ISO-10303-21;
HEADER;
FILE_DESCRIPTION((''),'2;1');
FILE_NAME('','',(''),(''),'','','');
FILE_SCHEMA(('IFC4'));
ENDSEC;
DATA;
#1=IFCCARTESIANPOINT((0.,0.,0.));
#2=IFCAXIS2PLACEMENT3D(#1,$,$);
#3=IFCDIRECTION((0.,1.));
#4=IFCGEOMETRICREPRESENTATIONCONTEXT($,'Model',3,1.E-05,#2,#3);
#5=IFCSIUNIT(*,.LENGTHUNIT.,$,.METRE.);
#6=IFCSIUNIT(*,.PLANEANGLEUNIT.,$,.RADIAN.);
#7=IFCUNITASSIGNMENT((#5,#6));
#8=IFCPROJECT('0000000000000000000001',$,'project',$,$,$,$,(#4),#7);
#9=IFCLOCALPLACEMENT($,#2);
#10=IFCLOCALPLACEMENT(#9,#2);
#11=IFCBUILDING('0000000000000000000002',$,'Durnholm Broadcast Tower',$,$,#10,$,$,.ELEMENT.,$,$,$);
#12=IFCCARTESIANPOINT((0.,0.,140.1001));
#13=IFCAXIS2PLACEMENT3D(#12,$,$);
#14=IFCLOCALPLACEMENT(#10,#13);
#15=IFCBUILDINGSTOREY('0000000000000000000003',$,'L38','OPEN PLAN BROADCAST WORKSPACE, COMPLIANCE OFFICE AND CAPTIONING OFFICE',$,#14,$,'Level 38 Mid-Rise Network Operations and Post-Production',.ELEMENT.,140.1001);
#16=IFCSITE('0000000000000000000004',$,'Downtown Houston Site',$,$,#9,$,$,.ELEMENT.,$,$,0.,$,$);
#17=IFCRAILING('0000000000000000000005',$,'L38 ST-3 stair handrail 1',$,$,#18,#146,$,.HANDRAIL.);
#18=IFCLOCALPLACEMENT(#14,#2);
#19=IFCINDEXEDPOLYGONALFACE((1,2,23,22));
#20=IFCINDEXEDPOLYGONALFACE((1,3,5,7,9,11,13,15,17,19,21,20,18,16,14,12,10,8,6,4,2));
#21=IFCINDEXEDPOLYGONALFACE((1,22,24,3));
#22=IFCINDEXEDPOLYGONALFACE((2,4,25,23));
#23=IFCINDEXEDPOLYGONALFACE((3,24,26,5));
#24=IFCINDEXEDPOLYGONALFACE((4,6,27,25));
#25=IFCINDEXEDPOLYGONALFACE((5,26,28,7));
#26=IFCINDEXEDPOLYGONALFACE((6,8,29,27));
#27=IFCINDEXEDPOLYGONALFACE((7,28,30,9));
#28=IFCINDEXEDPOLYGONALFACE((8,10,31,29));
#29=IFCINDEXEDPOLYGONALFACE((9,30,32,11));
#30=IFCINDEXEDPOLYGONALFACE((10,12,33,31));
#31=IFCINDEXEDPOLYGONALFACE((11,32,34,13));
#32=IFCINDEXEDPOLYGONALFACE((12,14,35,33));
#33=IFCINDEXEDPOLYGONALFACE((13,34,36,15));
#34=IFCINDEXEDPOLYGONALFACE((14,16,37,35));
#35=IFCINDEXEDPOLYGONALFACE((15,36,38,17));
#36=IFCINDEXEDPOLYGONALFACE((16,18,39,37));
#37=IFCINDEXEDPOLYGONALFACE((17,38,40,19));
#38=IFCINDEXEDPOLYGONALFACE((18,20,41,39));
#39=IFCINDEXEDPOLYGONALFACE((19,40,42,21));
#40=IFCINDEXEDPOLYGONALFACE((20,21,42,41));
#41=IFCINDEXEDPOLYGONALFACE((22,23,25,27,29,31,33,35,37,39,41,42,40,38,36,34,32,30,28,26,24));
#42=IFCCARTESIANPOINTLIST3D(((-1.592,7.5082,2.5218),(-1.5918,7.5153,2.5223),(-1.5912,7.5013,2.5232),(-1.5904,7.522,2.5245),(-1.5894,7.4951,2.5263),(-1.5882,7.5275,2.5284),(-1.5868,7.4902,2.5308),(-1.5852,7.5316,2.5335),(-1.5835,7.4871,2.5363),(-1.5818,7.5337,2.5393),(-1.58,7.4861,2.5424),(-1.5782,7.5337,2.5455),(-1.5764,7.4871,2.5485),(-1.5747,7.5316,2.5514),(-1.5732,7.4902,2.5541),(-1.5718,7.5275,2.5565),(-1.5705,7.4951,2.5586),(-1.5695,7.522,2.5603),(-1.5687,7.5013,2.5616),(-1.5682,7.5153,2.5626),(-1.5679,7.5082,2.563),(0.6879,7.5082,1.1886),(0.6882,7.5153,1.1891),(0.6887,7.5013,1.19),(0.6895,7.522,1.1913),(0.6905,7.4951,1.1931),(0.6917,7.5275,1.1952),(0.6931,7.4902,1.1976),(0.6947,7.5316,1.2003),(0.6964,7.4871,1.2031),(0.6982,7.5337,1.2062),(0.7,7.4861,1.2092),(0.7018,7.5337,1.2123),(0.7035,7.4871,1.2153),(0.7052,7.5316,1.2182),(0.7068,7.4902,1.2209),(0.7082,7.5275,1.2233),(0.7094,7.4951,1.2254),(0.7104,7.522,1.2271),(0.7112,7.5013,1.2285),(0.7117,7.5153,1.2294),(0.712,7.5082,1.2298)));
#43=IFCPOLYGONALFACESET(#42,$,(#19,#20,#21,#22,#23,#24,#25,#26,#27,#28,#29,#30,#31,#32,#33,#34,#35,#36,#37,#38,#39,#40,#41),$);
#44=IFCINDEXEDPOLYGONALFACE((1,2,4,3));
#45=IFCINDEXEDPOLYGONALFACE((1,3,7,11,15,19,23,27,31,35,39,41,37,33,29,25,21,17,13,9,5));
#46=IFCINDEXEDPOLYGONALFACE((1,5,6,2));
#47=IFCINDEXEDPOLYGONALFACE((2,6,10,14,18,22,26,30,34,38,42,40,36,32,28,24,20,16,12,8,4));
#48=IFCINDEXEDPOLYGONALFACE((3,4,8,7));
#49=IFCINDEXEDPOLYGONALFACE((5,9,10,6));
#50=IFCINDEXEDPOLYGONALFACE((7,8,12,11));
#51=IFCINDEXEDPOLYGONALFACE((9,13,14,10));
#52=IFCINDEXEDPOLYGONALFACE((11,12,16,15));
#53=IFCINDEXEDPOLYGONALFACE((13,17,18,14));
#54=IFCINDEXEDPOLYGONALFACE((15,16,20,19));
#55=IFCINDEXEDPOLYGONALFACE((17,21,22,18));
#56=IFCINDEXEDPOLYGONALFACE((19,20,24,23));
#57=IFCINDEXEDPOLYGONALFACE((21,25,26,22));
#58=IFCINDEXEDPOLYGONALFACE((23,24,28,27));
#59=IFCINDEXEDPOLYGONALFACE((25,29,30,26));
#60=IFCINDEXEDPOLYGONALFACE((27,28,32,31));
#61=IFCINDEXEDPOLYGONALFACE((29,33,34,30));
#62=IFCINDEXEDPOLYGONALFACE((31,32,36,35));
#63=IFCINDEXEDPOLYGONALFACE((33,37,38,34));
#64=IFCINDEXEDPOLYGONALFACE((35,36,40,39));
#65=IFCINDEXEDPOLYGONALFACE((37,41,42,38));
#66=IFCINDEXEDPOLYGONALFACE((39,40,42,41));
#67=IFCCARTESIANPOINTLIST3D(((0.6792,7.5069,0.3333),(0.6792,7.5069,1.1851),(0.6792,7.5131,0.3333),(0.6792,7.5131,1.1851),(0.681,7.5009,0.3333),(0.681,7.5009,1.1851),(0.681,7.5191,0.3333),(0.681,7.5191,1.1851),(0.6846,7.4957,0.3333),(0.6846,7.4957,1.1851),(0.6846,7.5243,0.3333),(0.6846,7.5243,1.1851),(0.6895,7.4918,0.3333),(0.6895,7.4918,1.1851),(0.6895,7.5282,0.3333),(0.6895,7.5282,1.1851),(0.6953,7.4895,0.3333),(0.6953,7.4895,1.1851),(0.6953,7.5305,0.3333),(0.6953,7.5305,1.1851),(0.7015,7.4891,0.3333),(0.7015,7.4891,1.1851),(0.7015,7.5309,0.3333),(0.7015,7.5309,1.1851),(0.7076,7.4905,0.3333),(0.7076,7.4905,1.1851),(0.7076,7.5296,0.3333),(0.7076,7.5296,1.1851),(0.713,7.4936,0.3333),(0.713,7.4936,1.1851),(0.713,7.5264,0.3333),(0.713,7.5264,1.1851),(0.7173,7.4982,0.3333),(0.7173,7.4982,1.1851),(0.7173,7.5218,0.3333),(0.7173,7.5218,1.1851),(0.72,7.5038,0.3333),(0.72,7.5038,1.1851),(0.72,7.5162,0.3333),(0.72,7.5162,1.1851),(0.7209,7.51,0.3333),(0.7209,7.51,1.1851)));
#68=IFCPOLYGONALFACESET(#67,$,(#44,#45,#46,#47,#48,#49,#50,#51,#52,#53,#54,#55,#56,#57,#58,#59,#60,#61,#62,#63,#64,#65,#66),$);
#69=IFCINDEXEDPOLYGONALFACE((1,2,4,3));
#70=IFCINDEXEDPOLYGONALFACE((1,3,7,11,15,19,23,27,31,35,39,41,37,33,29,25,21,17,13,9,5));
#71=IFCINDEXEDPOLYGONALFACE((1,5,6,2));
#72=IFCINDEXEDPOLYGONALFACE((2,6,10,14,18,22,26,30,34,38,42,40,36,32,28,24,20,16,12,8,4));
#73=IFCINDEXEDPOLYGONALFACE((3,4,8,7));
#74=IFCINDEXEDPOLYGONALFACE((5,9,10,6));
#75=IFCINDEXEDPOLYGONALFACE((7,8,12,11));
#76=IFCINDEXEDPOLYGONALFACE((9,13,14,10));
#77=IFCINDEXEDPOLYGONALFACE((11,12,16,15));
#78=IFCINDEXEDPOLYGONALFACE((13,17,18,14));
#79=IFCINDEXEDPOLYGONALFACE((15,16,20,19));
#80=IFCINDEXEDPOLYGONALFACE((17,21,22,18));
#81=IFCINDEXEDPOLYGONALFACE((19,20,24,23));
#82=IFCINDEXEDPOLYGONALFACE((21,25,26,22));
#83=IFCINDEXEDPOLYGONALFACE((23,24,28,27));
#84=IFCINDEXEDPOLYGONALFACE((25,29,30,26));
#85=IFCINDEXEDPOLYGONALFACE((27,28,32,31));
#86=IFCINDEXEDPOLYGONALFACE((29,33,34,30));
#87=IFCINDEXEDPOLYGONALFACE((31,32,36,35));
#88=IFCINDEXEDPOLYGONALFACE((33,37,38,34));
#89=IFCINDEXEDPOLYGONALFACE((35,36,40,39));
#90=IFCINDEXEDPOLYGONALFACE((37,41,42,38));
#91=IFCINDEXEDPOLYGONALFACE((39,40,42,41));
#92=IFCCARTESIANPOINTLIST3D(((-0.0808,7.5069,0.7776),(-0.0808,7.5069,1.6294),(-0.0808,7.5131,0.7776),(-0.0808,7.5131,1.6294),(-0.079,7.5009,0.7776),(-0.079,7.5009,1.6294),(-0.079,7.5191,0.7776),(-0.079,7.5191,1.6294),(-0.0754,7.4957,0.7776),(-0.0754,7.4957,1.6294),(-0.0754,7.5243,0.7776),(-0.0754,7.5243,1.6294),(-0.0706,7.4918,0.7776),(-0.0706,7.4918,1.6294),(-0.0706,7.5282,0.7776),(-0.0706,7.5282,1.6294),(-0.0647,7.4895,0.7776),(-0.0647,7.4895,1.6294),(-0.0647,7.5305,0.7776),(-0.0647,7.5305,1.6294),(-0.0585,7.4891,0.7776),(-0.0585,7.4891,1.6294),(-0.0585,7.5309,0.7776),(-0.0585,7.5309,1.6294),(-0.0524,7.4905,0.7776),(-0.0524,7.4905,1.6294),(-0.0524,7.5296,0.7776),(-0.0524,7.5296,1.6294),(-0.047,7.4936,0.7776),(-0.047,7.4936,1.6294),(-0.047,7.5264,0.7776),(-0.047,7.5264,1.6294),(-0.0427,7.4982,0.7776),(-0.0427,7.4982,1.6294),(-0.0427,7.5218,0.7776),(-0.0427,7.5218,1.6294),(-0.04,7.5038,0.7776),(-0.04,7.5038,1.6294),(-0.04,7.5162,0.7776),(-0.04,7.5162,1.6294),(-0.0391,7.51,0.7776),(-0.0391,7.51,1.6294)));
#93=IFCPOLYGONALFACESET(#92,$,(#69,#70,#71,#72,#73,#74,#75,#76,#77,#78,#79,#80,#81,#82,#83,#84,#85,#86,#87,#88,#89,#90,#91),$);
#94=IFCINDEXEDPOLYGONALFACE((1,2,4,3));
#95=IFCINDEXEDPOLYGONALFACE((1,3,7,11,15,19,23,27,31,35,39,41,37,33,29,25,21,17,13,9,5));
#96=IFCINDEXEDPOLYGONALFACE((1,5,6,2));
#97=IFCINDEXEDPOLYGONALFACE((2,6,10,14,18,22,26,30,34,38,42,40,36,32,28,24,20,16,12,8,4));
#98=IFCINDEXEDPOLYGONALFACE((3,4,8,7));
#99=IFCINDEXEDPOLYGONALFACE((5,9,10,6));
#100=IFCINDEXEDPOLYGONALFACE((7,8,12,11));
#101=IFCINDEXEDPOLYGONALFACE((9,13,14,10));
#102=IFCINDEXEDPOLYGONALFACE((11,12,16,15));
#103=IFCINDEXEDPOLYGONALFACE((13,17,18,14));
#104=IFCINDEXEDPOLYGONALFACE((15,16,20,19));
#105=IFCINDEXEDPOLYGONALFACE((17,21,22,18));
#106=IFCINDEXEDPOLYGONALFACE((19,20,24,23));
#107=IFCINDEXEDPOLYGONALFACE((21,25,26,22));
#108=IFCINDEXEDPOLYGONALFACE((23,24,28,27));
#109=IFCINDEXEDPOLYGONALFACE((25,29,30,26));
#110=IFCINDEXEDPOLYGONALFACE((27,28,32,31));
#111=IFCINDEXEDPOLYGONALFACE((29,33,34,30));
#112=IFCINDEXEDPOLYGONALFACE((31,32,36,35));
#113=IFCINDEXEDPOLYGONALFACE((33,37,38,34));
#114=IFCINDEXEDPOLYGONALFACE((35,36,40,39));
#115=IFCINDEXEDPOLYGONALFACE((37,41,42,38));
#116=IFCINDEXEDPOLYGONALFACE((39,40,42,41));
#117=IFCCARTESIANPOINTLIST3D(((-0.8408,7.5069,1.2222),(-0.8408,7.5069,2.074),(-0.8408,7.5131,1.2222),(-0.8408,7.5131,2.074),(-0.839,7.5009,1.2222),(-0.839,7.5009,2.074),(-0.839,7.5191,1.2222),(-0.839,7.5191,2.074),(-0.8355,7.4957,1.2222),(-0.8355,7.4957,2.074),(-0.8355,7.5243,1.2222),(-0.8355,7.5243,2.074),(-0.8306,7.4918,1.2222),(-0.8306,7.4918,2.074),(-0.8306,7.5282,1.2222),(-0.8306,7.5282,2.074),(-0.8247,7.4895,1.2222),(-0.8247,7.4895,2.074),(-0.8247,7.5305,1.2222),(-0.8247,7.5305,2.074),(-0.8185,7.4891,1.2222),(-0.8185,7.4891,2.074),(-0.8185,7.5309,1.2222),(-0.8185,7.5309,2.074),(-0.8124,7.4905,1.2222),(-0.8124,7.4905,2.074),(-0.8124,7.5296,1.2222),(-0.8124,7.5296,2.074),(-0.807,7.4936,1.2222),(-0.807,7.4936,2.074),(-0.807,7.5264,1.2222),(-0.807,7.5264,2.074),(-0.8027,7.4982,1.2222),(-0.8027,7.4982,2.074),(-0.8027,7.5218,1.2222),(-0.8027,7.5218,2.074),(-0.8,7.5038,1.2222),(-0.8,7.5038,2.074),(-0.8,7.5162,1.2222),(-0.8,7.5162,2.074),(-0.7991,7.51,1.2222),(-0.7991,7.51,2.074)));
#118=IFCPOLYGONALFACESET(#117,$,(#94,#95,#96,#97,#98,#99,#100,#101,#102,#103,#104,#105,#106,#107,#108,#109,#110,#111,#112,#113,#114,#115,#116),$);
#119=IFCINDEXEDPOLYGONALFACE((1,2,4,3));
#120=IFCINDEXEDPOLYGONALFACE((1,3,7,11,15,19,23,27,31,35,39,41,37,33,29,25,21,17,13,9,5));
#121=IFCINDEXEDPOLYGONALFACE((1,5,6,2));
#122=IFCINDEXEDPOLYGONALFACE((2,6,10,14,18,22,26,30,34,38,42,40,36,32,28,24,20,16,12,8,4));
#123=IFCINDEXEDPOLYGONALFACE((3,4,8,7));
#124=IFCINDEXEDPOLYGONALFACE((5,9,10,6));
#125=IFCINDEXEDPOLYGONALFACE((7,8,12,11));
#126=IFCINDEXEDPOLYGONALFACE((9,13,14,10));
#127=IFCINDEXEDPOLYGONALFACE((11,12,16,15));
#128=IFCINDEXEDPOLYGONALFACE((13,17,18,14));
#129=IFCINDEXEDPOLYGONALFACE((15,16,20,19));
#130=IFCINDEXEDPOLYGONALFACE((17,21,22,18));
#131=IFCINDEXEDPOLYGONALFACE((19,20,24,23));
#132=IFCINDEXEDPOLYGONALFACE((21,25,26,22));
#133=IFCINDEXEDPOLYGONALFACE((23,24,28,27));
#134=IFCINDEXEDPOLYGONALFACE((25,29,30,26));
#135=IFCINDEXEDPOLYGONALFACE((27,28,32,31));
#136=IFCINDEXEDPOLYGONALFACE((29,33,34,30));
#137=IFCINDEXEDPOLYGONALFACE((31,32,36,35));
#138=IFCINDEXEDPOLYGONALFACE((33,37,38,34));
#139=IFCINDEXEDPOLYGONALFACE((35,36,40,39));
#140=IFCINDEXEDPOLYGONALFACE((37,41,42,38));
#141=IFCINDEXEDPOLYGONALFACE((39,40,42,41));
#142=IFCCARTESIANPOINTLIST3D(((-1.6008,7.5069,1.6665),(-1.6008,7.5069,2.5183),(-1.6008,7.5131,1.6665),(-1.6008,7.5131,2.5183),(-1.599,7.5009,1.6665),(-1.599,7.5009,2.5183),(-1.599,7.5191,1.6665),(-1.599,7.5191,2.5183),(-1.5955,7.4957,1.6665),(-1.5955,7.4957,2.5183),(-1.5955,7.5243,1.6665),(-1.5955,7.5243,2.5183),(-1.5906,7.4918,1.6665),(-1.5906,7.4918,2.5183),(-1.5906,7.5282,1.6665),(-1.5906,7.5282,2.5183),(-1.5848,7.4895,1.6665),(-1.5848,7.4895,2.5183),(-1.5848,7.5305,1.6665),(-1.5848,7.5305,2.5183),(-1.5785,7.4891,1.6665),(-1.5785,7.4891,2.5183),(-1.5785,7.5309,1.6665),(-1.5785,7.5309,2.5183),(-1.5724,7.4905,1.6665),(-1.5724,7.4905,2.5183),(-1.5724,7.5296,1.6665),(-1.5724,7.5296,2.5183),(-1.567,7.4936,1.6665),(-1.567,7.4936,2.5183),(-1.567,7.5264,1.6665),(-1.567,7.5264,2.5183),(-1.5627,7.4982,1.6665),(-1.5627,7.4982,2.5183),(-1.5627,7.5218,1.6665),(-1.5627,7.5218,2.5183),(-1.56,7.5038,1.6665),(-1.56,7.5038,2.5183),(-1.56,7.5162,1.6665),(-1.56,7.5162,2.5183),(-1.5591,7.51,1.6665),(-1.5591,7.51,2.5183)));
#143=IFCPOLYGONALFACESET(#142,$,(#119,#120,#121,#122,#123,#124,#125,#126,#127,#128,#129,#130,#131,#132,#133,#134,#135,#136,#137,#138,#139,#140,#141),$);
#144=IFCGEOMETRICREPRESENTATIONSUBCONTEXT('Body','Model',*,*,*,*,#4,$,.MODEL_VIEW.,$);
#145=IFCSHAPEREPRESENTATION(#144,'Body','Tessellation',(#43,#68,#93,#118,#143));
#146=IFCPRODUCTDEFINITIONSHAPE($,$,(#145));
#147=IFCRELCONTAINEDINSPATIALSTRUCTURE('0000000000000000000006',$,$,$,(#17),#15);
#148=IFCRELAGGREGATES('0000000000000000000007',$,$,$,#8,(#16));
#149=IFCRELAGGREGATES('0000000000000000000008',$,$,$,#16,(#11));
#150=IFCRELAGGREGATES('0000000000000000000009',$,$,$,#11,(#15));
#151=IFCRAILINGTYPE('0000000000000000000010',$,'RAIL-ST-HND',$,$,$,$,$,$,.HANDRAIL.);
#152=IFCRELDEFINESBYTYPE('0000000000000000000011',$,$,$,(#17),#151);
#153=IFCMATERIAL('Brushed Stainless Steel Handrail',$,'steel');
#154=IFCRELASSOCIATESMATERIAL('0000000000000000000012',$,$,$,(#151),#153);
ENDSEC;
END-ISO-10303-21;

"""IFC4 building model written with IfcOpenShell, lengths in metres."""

from ifc_helpers import new_model, si_unit, direction, frame, origin, origin_2d, place, context, subcontext, project, spatial, circle, extrude, material, type_object, element, save


model = new_model("IFC4")

# Units and contexts
model_context = context("Model", 3, precision=1e-05, world=origin(), true_north=direction((0.0, 1.0)))
body_context = subcontext(model_context, "Body", "Model", "MODEL_VIEW")
ifc_project = project(units=[si_unit("LENGTHUNIT", "METRE"), si_unit("PLANEANGLEUNIT", "RADIAN")], contexts=[model_context])

# Site, building, storey
site_placement = place(None, origin())
site = spatial("IfcSite", under=ifc_project, at=site_placement, Name="Downtown Houston Site", CompositionType="ELEMENT", RefElevation=0.0)
building_placement = place(site_placement, origin())
building = spatial("IfcBuilding", under=site, at=building_placement, Name="Durnholm Broadcast Tower", CompositionType="ELEMENT")
storey_placement = place(building_placement, frame((0.0, 0.0, 140.1001)))
storey = spatial("IfcBuildingStorey", under=building, at=storey_placement, Name="L38", Description="OPEN PLAN BROADCAST WORKSPACE, COMPLIANCE OFFICE AND CAPTIONING OFFICE", LongName="Level 38 Mid-Rise Network Operations and Post-Production", CompositionType="ELEMENT", Elevation=140.1001)

# Railing
ifc_material_1 = material(Name="Brushed Stainless Steel Handrail", Category="steel")
railing_type_1 = type_object("IfcRailingType", Name="RAIL-ST-HND", PredefinedType="HANDRAIL", material=ifc_material_1)
railing_1_placement = place(storey_placement, frame((0.7, 7.51, 0.3333)))
element("IfcRailing", 1, at=railing_1_placement, inside=storey, type_object=railing_type_1, Name="L38 ST-3 stair handrail 1", PredefinedType="HANDRAIL", context=body_context, shape_type="SweptSolid", body=[
    extrude(circle(Radius=0.0239, at=origin_2d()), frame((0.0, 0.0, 0.876), z_axis=(-0.863245, 0.0, 0.504785), x_axis=(0.0, -1.0, 0.0)), (0.0, 0.0, 1.0), 2.6411),
    extrude(circle(Radius=0.021, at=origin_2d()), origin(), (0.0, 0.0, 1.0), 0.8518),
    extrude(circle(Radius=0.021, at=origin_2d()), frame((-0.76, 0.0, 0.4443)), (0.0, 0.0, 1.0), 0.8518),
    extrude(circle(Radius=0.021, at=origin_2d()), frame((-1.52, 0.0, 0.8889)), (0.0, 0.0, 1.0), 0.8518),
    extrude(circle(Radius=0.021, at=origin_2d()), frame((-2.28, 0.0, 1.3333)), (0.0, 0.0, 1.0), 0.8518),
])

save(model, "model.ifc")
